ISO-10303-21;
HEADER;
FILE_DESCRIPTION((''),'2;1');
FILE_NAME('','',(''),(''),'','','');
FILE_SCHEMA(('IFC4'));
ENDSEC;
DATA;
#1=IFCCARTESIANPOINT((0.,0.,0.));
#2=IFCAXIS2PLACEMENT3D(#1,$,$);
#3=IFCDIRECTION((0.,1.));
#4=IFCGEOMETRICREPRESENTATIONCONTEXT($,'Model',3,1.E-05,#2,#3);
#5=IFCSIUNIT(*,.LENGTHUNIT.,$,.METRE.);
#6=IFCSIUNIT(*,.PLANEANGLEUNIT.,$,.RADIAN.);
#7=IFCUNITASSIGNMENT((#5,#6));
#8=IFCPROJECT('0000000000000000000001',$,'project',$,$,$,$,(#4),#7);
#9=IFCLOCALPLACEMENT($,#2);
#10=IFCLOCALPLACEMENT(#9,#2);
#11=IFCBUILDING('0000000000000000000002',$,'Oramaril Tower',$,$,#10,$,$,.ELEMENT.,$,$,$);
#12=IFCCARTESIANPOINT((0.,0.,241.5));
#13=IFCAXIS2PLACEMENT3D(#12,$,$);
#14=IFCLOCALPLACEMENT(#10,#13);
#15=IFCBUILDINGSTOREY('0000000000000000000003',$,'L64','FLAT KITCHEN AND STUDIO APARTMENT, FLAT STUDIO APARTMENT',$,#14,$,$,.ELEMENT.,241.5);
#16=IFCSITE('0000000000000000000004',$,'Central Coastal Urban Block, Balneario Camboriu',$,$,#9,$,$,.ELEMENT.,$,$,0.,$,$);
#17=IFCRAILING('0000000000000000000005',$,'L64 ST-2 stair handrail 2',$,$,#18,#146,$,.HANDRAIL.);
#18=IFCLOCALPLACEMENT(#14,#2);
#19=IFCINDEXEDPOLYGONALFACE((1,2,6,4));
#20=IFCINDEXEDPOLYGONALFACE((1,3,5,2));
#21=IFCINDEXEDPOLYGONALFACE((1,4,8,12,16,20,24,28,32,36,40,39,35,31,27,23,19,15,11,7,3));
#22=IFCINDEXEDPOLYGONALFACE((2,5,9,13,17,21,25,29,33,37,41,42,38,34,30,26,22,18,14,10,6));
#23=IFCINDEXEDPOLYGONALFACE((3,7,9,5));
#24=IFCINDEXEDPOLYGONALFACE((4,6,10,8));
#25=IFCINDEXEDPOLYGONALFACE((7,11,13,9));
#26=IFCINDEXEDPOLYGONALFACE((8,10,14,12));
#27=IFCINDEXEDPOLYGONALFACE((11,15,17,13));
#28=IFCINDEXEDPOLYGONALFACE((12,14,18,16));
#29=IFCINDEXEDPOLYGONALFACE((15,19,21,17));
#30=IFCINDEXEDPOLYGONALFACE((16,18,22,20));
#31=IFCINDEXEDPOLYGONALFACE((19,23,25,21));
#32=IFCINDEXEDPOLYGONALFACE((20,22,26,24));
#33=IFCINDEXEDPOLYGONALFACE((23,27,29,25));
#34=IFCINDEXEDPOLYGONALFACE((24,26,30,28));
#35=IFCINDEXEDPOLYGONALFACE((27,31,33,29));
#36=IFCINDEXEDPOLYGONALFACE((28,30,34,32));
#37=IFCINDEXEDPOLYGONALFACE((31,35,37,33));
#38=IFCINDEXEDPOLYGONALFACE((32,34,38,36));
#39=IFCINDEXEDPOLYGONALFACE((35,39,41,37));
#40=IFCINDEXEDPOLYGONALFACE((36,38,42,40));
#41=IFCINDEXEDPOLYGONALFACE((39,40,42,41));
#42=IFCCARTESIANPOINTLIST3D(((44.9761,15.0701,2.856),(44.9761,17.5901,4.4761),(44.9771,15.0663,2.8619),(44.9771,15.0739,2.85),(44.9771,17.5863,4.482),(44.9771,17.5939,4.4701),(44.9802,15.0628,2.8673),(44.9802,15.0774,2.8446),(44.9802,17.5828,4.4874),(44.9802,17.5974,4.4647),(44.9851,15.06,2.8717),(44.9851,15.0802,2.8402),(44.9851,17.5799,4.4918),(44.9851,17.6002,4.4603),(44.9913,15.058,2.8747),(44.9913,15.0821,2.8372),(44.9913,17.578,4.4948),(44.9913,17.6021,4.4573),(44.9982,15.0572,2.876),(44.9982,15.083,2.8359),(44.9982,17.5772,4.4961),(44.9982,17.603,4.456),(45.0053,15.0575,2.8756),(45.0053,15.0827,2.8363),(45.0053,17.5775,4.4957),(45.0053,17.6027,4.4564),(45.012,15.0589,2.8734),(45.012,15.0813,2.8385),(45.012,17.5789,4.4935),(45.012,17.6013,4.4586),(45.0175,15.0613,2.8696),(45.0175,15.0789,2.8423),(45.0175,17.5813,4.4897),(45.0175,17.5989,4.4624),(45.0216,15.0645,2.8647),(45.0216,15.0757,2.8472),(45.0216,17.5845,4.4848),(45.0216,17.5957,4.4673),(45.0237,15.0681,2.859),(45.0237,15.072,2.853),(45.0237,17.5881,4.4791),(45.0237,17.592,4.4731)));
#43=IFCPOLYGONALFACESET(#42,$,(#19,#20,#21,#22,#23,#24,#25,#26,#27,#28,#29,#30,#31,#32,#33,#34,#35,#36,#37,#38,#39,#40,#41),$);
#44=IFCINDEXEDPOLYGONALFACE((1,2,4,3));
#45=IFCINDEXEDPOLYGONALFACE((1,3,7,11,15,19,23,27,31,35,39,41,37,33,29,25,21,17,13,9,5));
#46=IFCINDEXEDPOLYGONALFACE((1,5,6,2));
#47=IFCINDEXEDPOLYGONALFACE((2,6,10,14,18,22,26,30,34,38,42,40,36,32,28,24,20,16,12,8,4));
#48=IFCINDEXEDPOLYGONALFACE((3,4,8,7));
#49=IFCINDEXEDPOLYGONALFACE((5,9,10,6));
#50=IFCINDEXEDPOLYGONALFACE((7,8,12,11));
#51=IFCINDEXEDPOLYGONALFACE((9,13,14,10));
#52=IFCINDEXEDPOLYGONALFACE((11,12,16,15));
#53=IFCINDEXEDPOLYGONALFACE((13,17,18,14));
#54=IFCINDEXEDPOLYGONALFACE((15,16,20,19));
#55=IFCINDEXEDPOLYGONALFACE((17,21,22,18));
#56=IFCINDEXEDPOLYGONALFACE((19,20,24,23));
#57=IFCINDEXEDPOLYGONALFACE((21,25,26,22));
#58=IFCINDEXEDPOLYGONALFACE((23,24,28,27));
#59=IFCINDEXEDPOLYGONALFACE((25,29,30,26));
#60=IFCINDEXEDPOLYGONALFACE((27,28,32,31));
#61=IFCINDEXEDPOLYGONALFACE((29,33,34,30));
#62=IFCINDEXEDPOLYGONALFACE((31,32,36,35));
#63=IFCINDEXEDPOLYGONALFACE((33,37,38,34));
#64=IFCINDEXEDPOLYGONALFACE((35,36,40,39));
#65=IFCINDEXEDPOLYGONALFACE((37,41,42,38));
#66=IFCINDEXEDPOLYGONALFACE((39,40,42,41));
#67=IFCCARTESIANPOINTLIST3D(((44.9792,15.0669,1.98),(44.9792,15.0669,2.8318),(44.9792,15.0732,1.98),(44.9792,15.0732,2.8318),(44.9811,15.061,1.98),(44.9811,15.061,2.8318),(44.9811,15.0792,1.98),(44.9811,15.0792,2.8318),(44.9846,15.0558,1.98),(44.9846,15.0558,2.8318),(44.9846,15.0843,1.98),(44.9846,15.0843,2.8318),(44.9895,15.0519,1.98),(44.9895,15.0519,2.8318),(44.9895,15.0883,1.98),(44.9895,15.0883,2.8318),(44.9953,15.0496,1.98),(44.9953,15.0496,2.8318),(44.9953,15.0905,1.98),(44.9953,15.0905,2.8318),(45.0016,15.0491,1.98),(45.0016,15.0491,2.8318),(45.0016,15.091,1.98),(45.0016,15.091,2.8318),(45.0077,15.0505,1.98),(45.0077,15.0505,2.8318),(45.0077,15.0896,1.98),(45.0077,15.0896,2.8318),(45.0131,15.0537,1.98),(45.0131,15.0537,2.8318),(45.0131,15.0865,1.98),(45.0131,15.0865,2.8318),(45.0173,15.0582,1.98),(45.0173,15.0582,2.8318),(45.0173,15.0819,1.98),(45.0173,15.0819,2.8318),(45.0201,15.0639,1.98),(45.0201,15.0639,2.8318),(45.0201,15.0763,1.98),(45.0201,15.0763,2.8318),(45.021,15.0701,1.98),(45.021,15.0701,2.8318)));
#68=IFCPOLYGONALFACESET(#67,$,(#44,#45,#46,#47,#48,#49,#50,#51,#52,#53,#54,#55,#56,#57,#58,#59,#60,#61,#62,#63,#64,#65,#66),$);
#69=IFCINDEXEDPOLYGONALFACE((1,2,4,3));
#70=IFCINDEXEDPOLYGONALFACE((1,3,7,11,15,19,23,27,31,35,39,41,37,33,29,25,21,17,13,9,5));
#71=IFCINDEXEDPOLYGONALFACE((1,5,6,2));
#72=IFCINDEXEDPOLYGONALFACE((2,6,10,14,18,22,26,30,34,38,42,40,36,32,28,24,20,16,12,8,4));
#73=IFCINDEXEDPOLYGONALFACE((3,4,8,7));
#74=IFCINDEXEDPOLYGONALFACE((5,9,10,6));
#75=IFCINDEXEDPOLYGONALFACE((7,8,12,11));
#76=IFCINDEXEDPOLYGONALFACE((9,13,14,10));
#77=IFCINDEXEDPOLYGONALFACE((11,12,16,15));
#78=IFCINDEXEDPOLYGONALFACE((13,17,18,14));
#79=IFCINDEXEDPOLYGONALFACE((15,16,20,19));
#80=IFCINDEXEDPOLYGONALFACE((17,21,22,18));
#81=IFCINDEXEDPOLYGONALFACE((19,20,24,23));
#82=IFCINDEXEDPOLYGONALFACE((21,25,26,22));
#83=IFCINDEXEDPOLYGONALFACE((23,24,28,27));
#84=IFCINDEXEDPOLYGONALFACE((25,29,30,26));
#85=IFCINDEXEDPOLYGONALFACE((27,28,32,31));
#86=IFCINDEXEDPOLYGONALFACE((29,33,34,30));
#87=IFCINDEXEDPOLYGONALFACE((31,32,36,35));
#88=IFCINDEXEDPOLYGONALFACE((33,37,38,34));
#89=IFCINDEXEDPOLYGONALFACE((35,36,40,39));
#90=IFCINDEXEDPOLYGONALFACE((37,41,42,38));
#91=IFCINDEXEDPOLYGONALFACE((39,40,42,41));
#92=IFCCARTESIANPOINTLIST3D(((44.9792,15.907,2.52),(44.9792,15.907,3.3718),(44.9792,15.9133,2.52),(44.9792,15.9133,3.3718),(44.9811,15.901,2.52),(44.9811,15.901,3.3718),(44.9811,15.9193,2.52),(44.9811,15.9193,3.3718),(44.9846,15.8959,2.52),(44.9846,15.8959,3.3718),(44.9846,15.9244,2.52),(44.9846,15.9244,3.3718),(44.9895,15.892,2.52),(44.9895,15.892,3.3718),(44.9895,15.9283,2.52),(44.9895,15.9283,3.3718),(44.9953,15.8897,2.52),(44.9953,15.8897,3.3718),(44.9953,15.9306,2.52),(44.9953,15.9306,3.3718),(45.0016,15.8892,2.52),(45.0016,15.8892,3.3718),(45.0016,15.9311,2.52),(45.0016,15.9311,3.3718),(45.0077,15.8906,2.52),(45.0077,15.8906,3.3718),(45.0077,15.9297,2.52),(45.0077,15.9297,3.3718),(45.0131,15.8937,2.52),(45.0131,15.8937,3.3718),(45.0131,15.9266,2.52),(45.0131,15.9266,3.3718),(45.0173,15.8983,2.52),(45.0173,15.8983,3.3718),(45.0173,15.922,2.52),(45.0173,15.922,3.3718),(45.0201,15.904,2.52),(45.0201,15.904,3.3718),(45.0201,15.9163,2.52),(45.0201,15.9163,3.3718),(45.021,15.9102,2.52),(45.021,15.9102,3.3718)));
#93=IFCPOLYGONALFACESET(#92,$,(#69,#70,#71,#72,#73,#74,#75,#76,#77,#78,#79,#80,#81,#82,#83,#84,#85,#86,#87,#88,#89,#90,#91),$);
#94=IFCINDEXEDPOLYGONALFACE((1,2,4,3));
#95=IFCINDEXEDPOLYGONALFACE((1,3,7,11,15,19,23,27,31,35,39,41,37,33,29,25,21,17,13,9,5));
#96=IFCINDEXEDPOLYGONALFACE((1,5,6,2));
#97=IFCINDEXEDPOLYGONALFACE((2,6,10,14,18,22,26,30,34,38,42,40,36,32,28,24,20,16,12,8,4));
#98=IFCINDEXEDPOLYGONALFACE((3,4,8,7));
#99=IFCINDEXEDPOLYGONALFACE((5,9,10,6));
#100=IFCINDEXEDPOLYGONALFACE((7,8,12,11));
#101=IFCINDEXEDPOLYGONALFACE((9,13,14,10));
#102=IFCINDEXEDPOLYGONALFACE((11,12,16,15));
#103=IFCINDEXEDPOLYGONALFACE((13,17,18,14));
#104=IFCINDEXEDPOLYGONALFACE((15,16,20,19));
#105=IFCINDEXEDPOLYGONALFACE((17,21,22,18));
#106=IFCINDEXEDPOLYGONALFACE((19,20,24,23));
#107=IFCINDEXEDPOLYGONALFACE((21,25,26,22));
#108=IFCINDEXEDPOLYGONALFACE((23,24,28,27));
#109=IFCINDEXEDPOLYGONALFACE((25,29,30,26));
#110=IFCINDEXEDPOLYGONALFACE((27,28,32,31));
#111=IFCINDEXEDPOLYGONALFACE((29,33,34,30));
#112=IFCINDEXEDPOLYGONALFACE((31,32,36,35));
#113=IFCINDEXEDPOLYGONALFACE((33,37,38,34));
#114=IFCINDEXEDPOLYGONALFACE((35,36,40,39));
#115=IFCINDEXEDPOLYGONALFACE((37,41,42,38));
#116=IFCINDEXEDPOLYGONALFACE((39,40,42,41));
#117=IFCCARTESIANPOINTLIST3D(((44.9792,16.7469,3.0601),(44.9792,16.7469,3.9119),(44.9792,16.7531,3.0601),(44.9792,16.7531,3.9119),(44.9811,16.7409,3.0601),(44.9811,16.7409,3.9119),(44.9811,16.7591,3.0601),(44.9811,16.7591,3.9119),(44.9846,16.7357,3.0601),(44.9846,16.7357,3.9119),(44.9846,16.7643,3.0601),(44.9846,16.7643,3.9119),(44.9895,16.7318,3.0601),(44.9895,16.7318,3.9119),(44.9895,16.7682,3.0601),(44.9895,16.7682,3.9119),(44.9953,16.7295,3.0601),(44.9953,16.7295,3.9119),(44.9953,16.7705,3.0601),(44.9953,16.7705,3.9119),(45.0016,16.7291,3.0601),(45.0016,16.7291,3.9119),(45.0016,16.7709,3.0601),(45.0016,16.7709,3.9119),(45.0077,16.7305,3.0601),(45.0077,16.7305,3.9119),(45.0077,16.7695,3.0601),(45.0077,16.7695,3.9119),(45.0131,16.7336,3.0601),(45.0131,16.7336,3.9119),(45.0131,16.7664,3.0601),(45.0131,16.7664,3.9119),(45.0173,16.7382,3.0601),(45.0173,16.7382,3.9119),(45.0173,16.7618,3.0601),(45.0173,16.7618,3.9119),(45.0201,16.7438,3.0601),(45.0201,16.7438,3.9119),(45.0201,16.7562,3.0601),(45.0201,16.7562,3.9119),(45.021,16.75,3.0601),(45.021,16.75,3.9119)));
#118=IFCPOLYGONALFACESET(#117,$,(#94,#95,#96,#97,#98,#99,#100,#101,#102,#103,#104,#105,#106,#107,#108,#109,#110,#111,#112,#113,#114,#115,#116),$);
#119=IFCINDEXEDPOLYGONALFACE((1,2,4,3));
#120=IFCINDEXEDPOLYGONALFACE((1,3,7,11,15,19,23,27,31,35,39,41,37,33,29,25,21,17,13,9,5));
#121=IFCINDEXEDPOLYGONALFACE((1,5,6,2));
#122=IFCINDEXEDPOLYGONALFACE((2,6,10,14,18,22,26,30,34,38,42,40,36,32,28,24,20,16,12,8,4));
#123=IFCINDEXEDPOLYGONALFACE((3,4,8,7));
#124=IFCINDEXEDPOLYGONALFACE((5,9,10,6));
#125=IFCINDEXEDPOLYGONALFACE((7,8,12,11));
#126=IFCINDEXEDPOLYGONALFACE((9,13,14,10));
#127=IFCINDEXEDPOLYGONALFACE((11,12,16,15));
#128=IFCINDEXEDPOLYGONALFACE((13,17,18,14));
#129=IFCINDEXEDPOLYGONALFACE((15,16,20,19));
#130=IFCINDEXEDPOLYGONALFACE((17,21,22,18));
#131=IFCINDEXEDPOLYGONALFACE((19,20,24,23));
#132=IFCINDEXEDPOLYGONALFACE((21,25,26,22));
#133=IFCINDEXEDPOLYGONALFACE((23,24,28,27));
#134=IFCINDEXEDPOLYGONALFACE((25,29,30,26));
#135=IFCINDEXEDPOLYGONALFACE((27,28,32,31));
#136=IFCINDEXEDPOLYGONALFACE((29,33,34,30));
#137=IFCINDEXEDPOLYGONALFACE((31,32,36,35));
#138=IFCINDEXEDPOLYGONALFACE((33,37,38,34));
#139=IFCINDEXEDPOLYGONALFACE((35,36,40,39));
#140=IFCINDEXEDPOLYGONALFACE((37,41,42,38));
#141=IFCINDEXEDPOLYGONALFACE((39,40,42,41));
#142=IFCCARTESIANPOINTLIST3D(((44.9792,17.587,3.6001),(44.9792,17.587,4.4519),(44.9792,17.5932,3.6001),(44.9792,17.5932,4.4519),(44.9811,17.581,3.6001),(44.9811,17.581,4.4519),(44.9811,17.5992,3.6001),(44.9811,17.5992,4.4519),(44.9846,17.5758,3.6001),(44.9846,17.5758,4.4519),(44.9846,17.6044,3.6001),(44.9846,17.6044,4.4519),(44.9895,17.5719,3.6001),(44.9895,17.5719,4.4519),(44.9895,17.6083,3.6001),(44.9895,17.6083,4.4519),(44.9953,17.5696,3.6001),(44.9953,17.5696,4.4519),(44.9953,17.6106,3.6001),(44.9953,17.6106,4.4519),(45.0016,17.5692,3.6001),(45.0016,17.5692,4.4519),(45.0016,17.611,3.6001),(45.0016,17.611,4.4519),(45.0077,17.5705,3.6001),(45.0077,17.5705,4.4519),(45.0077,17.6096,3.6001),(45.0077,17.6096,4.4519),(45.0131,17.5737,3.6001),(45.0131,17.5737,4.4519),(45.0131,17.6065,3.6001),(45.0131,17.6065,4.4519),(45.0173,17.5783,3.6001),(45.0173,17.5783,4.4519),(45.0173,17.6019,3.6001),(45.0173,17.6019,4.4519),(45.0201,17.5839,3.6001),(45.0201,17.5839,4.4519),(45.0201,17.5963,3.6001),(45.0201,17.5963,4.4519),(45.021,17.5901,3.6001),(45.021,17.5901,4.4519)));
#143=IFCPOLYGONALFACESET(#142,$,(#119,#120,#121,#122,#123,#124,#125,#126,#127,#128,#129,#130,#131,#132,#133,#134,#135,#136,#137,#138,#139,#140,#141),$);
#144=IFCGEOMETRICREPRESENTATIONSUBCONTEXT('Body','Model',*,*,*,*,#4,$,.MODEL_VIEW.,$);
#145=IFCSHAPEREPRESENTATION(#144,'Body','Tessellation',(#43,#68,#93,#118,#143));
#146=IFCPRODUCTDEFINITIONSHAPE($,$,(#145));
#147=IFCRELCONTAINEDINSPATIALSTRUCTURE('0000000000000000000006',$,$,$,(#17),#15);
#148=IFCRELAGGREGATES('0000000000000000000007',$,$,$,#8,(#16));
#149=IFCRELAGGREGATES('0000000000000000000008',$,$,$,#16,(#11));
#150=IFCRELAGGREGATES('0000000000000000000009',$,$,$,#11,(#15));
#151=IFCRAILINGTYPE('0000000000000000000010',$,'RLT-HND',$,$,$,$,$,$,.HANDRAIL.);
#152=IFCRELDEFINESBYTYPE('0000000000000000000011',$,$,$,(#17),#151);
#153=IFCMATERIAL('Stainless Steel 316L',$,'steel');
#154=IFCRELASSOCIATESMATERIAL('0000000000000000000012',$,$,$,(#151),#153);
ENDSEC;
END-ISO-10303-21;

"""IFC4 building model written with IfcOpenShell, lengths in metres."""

from ifc_helpers import new_model, si_unit, direction, frame, origin, origin_2d, place, context, subcontext, project, spatial, circle, extrude, material, type_object, element, save


model = new_model("IFC4")

# Units and contexts
model_context = context("Model", 3, precision=1e-05, world=origin(), true_north=direction((0.0, 1.0)))
body_context = subcontext(model_context, "Body", "Model", "MODEL_VIEW")
ifc_project = project(units=[si_unit("LENGTHUNIT", "METRE"), si_unit("PLANEANGLEUNIT", "RADIAN")], contexts=[model_context])

# Site, building, storey
site_placement = place(None, origin())
site = spatial("IfcSite", under=ifc_project, at=site_placement, Name="Central Coastal Urban Block, Balneario Camboriu", CompositionType="ELEMENT", RefElevation=0.0)
building_placement = place(site_placement, origin())
building = spatial("IfcBuilding", under=site, at=building_placement, Name="Oramaril Tower", CompositionType="ELEMENT")
storey_placement = place(building_placement, frame((0.0, 0.0, 241.5)))
storey = spatial("IfcBuildingStorey", under=building, at=storey_placement, Name="L64", Description="FLAT KITCHEN AND STUDIO APARTMENT, FLAT STUDIO APARTMENT", CompositionType="ELEMENT", Elevation=241.5)

# Railing
ifc_material_1 = material(Name="Stainless Steel 316L", Category="steel")
railing_type_1 = type_object("IfcRailingType", Name="RLT-HND", PredefinedType="HANDRAIL", material=ifc_material_1)
railing_1_placement = place(storey_placement, frame((45.0, 15.0701, 1.98)))
element("IfcRailing", 1, at=railing_1_placement, inside=storey, type_object=railing_type_1, Name="L64 ST-2 stair handrail 2", PredefinedType="HANDRAIL", context=body_context, shape_type="SweptSolid", body=[
    extrude(circle(Radius=0.0239, at=origin_2d()), frame((0.0, 0.0, 0.876), z_axis=(0.0, 0.841163, 0.540782), x_axis=(-1.0, 0.0, 0.0)), (0.0, 0.0, 1.0), 2.9958),
    extrude(circle(Radius=0.021, at=origin_2d()), origin(), (0.0, 0.0, 1.0), 0.8518),
    extrude(circle(Radius=0.021, at=origin_2d()), frame((0.0, 0.8401, 0.54)), (0.0, 0.0, 1.0), 0.8518),
    extrude(circle(Radius=0.021, at=origin_2d()), frame((0.0, 1.6799, 1.0801)), (0.0, 0.0, 1.0), 0.8518),
    extrude(circle(Radius=0.021, at=origin_2d()), frame((0.0, 2.52, 1.6201)), (0.0, 0.0, 1.0), 0.8518),
])

save(model, "model.ifc")
